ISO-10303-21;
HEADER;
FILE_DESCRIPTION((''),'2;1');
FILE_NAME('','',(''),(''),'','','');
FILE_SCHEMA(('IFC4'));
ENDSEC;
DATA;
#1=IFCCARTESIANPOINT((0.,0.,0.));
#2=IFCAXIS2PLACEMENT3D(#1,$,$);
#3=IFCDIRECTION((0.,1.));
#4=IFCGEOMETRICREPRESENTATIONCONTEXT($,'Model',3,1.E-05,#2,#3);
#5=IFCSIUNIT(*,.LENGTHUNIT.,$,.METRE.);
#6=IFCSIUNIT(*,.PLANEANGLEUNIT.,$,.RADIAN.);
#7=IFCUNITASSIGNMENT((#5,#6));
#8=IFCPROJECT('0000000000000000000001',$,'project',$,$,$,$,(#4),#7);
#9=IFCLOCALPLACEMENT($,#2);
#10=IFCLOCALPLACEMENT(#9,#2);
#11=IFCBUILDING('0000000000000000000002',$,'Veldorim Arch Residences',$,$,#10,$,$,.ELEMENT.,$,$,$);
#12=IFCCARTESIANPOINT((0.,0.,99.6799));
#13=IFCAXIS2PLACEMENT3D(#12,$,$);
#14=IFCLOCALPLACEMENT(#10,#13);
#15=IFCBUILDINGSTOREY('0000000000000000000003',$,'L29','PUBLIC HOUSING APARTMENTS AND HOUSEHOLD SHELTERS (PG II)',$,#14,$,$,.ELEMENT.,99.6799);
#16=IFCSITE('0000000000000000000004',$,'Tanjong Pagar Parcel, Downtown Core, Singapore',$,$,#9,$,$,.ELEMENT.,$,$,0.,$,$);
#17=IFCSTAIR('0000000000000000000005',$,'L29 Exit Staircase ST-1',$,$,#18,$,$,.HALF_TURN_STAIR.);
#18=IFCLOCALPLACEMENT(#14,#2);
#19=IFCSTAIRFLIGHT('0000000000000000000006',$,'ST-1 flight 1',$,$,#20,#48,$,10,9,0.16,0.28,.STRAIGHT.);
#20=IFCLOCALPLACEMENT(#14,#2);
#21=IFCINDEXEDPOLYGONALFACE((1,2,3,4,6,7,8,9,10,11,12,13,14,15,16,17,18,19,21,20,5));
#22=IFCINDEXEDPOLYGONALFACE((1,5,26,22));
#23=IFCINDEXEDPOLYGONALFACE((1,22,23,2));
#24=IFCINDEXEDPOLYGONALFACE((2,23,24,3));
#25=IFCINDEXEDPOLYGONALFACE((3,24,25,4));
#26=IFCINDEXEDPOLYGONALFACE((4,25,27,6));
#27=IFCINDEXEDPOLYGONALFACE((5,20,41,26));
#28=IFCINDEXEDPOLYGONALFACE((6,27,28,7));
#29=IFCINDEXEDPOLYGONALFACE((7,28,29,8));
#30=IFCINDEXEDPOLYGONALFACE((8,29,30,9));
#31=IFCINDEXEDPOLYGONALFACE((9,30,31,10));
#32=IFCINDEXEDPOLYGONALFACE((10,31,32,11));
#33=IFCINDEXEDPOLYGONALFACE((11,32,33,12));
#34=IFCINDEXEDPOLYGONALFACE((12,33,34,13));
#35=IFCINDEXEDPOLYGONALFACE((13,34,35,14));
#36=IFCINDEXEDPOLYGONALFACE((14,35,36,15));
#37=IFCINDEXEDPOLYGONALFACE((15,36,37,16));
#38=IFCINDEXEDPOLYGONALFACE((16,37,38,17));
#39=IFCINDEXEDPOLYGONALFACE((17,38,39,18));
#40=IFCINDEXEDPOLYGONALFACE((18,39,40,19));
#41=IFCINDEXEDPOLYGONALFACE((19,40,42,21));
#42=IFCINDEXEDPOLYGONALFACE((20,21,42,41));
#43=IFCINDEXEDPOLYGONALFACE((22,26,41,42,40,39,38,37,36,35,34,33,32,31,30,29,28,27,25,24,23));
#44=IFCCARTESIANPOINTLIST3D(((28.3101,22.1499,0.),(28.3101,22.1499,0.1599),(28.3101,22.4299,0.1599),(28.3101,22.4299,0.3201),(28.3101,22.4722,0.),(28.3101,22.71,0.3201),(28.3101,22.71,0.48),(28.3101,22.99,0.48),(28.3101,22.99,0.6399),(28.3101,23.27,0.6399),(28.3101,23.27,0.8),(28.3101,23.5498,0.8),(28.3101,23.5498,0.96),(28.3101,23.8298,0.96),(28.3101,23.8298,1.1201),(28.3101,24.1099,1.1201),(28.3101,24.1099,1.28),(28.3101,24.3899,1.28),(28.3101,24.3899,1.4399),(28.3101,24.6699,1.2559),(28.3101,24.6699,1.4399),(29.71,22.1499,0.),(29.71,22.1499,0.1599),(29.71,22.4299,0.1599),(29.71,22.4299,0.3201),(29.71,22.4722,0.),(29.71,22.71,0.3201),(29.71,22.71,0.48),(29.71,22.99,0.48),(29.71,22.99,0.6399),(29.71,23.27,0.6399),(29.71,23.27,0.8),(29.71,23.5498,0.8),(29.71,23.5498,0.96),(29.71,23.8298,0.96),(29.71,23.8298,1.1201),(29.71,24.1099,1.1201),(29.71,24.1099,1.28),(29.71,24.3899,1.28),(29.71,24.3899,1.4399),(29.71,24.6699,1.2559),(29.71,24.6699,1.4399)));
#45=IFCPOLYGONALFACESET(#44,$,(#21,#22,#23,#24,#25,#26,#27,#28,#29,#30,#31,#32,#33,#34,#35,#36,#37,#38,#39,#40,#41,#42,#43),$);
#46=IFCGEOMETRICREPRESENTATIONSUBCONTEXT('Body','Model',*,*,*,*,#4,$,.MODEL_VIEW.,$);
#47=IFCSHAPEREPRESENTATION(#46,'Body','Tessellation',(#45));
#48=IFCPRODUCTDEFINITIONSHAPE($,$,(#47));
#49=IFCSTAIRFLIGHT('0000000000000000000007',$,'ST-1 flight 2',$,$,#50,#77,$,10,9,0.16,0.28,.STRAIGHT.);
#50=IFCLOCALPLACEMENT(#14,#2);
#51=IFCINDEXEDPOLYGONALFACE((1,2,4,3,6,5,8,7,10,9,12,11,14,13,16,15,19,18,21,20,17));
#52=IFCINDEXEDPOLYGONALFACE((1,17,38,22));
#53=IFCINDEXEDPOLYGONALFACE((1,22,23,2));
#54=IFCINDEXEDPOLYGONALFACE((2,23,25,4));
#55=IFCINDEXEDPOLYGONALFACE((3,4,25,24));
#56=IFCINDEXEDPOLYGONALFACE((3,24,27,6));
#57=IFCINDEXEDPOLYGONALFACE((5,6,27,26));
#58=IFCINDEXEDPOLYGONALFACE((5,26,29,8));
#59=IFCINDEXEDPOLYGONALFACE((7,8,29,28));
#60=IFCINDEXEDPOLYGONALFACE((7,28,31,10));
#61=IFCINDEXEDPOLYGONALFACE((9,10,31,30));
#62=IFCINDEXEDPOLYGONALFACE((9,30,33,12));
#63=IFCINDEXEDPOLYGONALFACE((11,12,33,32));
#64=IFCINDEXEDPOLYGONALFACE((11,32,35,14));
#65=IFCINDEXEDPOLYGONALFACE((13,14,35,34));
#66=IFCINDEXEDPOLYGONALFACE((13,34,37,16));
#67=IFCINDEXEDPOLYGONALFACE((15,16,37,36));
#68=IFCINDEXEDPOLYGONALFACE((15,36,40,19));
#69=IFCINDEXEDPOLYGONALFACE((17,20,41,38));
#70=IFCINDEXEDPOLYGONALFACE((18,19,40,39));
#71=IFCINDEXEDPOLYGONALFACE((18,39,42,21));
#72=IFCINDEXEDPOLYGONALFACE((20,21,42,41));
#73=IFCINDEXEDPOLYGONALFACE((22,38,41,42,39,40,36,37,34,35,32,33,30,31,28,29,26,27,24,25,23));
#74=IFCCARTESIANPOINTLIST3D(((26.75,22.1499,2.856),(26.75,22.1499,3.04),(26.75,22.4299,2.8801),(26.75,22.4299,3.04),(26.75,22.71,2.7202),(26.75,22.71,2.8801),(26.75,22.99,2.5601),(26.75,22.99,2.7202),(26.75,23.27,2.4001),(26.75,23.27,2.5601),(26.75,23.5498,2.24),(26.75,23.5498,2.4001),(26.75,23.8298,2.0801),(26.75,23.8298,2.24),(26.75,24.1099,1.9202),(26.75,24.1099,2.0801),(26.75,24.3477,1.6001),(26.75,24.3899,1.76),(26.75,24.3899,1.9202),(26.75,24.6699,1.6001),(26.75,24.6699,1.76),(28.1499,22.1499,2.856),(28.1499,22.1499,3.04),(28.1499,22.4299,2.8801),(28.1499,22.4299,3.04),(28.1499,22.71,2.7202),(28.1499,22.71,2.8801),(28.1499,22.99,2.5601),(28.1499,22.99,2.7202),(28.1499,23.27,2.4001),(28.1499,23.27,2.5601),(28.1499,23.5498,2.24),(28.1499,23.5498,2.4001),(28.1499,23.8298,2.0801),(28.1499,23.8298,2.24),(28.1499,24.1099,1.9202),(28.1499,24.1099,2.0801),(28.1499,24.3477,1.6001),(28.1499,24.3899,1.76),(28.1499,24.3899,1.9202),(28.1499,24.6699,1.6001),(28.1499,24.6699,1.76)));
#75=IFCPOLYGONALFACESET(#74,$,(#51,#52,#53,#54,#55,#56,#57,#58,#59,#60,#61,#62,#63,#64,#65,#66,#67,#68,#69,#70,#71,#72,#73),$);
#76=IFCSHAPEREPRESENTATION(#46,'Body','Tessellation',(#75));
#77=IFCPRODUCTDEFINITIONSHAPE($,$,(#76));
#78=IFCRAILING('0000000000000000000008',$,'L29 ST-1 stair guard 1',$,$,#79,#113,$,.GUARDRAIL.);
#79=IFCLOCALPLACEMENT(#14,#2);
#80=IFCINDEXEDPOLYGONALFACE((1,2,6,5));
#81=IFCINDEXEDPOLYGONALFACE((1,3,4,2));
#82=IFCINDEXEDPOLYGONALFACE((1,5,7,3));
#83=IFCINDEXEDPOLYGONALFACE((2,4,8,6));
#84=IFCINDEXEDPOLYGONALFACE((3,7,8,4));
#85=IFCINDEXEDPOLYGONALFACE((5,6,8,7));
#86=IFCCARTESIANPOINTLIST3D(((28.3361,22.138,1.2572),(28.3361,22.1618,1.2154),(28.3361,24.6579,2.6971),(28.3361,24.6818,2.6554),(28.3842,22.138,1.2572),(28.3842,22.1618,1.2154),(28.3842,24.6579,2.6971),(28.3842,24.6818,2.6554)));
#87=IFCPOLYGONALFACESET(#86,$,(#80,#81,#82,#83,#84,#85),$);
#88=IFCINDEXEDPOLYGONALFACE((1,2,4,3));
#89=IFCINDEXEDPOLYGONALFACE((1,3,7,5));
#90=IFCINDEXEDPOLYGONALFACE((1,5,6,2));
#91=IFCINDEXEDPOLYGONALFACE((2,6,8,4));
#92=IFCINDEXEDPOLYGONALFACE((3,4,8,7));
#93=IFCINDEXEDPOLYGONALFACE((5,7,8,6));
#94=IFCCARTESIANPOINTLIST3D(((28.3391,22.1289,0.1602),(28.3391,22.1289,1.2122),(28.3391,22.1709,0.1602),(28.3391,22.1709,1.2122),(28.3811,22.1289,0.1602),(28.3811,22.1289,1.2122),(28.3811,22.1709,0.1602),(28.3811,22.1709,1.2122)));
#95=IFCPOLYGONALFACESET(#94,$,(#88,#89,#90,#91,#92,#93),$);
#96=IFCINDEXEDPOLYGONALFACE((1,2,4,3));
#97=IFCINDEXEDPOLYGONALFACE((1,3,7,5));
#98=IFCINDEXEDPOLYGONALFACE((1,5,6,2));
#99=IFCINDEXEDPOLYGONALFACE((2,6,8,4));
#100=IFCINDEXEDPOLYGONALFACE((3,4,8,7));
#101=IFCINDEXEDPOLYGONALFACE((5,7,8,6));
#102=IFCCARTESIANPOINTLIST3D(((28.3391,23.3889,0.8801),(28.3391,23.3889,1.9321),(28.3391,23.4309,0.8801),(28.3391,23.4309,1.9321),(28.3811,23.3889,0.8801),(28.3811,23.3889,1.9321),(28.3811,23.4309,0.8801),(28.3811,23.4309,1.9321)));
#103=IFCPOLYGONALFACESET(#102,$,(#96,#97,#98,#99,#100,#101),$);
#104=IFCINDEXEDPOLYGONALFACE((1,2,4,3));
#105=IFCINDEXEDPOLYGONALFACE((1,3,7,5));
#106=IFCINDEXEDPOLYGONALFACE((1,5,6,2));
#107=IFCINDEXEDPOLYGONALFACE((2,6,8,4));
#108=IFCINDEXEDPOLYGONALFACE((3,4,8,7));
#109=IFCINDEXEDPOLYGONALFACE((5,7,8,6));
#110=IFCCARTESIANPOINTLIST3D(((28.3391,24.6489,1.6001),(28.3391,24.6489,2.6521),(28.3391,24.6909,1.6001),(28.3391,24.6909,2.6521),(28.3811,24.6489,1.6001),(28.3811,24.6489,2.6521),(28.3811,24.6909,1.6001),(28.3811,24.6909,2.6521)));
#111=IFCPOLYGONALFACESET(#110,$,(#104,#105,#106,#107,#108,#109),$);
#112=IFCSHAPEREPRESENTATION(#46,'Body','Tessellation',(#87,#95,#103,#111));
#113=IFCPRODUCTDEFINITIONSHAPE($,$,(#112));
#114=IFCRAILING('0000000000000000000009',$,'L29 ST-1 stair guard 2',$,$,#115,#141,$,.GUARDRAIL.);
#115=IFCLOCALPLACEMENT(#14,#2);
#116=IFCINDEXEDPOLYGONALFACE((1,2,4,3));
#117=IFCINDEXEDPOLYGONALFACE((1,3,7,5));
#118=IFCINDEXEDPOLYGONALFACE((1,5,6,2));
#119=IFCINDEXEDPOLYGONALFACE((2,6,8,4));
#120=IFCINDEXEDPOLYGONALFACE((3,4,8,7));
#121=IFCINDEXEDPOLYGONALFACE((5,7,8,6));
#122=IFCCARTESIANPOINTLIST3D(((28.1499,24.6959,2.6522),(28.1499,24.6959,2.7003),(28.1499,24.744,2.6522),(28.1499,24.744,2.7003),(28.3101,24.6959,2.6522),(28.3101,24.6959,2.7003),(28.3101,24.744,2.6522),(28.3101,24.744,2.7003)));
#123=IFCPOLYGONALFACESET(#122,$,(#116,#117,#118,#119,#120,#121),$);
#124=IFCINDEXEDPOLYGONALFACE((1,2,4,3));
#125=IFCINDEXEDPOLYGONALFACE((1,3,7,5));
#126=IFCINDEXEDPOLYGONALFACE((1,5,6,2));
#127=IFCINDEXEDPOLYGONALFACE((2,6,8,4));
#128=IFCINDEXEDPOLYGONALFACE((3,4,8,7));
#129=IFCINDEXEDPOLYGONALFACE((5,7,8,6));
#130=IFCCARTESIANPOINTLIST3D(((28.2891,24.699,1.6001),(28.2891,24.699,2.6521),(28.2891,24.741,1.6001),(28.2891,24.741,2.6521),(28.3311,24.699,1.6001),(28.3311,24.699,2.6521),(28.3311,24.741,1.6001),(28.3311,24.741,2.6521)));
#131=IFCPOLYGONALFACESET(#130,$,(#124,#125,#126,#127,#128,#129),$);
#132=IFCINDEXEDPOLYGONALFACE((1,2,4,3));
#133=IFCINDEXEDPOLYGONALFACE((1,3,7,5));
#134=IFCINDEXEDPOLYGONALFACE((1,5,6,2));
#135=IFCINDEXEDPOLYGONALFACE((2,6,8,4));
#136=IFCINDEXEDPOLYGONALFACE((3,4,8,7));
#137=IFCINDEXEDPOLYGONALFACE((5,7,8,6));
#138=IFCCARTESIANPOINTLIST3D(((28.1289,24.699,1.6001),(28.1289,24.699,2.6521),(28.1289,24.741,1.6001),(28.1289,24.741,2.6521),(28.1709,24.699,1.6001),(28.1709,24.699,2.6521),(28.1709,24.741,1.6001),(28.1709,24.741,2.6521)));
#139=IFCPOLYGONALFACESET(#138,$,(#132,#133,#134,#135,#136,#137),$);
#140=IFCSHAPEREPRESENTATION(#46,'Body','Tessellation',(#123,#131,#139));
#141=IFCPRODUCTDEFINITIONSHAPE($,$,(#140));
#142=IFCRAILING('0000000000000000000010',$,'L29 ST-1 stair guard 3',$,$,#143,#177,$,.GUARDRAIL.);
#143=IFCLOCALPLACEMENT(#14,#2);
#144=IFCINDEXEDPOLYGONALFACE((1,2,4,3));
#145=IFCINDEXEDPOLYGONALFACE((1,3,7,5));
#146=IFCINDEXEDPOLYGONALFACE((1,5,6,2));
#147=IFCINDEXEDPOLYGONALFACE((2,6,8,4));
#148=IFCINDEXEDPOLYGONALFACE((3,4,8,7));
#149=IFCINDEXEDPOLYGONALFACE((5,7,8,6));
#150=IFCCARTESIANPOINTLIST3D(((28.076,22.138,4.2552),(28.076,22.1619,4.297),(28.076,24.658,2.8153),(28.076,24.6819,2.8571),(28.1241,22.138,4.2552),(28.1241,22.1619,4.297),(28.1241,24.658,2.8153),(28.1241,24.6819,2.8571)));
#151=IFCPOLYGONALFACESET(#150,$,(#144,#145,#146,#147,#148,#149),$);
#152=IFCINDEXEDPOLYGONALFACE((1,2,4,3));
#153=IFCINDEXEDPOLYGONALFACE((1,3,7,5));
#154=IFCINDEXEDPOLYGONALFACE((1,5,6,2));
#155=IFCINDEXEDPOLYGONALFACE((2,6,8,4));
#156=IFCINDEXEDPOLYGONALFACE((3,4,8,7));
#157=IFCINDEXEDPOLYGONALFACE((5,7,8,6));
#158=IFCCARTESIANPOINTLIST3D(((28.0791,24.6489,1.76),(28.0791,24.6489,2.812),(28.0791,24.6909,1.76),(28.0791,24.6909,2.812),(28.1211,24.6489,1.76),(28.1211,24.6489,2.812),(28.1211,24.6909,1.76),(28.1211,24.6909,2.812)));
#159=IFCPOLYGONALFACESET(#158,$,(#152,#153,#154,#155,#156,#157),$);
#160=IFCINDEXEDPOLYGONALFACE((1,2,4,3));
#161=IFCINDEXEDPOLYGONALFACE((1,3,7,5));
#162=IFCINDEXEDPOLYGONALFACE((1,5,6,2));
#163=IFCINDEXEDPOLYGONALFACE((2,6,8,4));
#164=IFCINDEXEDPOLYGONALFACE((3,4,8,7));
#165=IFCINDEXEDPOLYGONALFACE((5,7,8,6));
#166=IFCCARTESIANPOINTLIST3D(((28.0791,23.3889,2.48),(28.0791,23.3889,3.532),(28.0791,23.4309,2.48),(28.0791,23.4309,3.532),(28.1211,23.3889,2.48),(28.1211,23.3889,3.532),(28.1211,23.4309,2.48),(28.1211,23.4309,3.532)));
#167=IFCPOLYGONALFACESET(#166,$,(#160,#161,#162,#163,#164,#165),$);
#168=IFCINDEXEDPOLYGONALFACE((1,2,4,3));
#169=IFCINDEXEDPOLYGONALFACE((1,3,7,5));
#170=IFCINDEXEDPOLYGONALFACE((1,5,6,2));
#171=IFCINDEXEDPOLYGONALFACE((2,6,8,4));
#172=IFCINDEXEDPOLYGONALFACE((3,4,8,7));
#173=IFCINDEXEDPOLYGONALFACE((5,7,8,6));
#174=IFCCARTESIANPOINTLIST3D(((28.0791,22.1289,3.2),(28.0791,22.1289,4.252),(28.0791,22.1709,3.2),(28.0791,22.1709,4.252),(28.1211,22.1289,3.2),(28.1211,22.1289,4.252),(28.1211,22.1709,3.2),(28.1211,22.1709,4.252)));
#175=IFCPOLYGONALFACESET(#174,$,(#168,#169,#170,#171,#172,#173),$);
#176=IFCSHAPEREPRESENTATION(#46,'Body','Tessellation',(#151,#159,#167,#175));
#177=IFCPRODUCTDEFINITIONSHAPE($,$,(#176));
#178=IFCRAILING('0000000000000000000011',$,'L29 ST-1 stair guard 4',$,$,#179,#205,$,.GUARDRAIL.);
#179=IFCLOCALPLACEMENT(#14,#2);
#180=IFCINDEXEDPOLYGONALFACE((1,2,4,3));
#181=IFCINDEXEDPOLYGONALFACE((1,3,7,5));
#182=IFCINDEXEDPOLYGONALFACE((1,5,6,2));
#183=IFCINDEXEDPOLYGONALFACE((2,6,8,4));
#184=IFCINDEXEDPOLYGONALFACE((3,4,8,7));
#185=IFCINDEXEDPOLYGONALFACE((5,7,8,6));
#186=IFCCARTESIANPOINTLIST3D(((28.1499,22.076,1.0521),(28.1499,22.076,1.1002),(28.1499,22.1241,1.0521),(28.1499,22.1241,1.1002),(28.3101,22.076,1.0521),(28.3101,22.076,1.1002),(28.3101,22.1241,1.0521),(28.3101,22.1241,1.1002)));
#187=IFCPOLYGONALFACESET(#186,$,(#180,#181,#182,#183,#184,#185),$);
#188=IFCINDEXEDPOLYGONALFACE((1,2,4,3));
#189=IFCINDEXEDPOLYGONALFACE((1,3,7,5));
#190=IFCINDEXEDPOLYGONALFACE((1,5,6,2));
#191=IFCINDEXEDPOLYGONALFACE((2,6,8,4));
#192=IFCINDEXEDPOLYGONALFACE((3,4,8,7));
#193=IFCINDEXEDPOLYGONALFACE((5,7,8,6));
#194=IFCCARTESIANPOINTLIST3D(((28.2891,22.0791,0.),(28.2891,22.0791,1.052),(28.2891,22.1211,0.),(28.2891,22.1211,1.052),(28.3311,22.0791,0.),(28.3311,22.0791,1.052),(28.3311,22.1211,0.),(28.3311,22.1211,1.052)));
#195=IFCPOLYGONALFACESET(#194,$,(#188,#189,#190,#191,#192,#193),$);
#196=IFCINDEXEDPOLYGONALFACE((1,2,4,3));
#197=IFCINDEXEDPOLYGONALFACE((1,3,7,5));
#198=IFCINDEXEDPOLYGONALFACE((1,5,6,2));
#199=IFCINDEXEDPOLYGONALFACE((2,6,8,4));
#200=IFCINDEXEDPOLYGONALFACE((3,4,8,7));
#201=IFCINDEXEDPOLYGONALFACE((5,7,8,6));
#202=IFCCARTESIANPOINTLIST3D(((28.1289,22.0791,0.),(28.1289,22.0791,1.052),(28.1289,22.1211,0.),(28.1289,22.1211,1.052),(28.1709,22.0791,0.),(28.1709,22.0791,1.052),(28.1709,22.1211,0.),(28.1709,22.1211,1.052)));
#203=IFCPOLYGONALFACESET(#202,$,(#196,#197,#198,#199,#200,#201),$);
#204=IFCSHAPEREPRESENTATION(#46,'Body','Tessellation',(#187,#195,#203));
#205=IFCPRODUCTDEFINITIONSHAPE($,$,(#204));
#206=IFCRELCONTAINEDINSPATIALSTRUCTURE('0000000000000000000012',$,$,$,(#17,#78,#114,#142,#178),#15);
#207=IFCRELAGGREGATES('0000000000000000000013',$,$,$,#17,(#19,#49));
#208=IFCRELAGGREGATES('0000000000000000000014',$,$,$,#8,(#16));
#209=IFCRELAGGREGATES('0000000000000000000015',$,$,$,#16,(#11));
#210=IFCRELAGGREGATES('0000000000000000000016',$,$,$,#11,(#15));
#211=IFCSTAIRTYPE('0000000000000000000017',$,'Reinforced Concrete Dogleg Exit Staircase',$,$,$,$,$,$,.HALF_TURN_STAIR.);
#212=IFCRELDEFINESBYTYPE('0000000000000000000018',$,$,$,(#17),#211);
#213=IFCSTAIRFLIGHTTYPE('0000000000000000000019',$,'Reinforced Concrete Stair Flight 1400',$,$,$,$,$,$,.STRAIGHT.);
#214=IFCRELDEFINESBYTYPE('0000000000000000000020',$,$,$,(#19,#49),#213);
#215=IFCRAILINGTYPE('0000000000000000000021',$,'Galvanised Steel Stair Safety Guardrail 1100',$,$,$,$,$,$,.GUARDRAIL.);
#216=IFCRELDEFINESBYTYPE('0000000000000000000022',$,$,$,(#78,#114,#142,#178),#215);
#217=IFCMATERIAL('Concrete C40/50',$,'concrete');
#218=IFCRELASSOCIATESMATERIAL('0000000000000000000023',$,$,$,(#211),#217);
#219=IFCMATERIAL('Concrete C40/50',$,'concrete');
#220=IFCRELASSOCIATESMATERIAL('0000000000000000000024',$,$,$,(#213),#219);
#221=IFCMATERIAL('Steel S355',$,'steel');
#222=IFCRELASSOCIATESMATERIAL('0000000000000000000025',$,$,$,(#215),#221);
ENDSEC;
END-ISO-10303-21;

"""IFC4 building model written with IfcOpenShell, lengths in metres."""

from ifc_helpers import new_model, si_unit, direction, frame, origin, origin_2d, place, context, subcontext, project, spatial, polyline, rectangle, outline, extrude, material, type_object, element, aggregate, save


model = new_model("IFC4")

# Units and contexts
model_context = context("Model", 3, precision=1e-05, world=origin(), true_north=direction((0.0, 1.0)))
body_context = subcontext(model_context, "Body", "Model", "MODEL_VIEW")
ifc_project = project(units=[si_unit("LENGTHUNIT", "METRE"), si_unit("PLANEANGLEUNIT", "RADIAN")], contexts=[model_context])

# Site, building, storey
site_placement = place(None, origin())
site = spatial("IfcSite", under=ifc_project, at=site_placement, Name="Tanjong Pagar Parcel, Downtown Core, Singapore", CompositionType="ELEMENT", RefElevation=0.0)
building_placement = place(site_placement, origin())
building = spatial("IfcBuilding", under=site, at=building_placement, Name="Veldorim Arch Residences", CompositionType="ELEMENT")
storey_placement = place(building_placement, frame((0.0, 0.0, 99.6799)))
storey = spatial("IfcBuildingStorey", under=building, at=storey_placement, Name="L29", Description="PUBLIC HOUSING APARTMENTS AND HOUSEHOLD SHELTERS (PG II)", CompositionType="ELEMENT", Elevation=99.6799)

# Stair, stair flights
ifc_material_1 = material(Name="Concrete C40/50", Category="concrete")
stair_type = type_object("IfcStairType", Name="Reinforced Concrete Dogleg Exit Staircase", PredefinedType="HALF_TURN_STAIR", material=ifc_material_1)
stair_placement = place(storey_placement, origin())
stair = element("IfcStair", 1, at=stair_placement, inside=storey, type_object=stair_type, Name="L29 Exit Staircase ST-1", PredefinedType="HALF_TURN_STAIR")
ifc_material_2 = material(Name="Concrete C40/50", Category="concrete")
stair_flight_type = type_object("IfcStairFlightType", Name="Reinforced Concrete Stair Flight 1400", PredefinedType="STRAIGHT", material=ifc_material_2)
stair_flight_1_placement = place(storey_placement, frame((29.01, 22.1499, 0.0), z_axis=(0.0, 0.0, 1.0), x_axis=(0.0, 1.0, 0.0)))
stair_flight_1 = element("IfcStairFlight", 2, at=stair_flight_1_placement, type_object=stair_flight_type, Name="ST-1 flight 1", NumberOfRisers=10, NumberOfTreads=9, PredefinedType="STRAIGHT", RiserHeight=0.16, TreadLength=0.28, context=body_context, shape_type="SweptSolid", body=[
    extrude(outline(polyline([(0.0, 0.0), (0.0, 0.1599), (0.28, 0.1599), (0.28, 0.3201), (0.5601, 0.3201), (0.5601, 0.48), (0.8401, 0.48), (0.8401, 0.6399), (1.1201, 0.6399), (1.1201, 0.8), (1.3999, 0.8), (1.3999, 0.96), (1.6799, 0.96), (1.6799, 1.1201), (1.96, 1.1201), (1.96, 1.28), (2.24, 1.28), (2.24, 1.4399), (2.52, 1.4399), (2.52, 1.6001), (2.52, 1.2559), (0.3223, 0.0), (0.0, 0.0)])), frame((0.0, 0.7, 0.0), z_axis=(0.0, -1.0, 0.0), x_axis=(1.0, 0.0, 0.0)), (0.0, 0.0, 1.0), 1.3999),
])
stair_flight_2_placement = place(storey_placement, frame((27.45, 24.6699, 1.6001), z_axis=(0.0, 0.0, 1.0), x_axis=(0.0, -1.0, 0.0)))
stair_flight_2 = element("IfcStairFlight", 3, at=stair_flight_2_placement, type_object=stair_flight_type, Name="ST-1 flight 2", NumberOfRisers=10, NumberOfTreads=9, PredefinedType="STRAIGHT", RiserHeight=0.16, TreadLength=0.28, context=body_context, shape_type="SweptSolid", body=[
    extrude(outline(polyline([(0.0, 0.0), (0.0, 0.1599), (0.28, 0.1599), (0.28, 0.3201), (0.5601, 0.3201), (0.5601, 0.48), (0.8401, 0.48), (0.8401, 0.6399), (1.1201, 0.6399), (1.1201, 0.8), (1.3999, 0.8), (1.3999, 0.96), (1.6799, 0.96), (1.6799, 1.1201), (1.96, 1.1201), (1.96, 1.28), (2.24, 1.28), (2.24, 1.4399), (2.52, 1.4399), (2.52, 1.6001), (2.52, 1.2559), (0.3223, 0.0), (0.0, 0.0)])), frame((0.0, 0.7, 0.0), z_axis=(0.0, -1.0, 0.0), x_axis=(1.0, 0.0, 0.0)), (0.0, 0.0, 1.0), 1.3999),
])
aggregate(stair, [stair_flight_1, stair_flight_2])

# Railings
ifc_material_3 = material(Name="Steel S355", Category="steel")
railing_type_1 = type_object("IfcRailingType", Name="Galvanised Steel Stair Safety Guardrail 1100", PredefinedType="GUARDRAIL", material=ifc_material_3)
railing_1_placement = place(storey_placement, frame((28.3601, 22.1499, 0.1602)))
element("IfcRailing", 4, at=railing_1_placement, inside=storey, type_object=railing_type_1, Name="L29 ST-1 stair guard 1", PredefinedType="GUARDRAIL", context=body_context, shape_type="SweptSolid", body=[
    extrude(rectangle(XDim=0.0481, YDim=0.0481, at=origin_2d()), frame((0.0, 0.0, 1.0762), z_axis=(0.0, 0.868253, 0.496121), x_axis=(-1.0, 0.0, 0.0)), (0.0, 0.0, 1.0), 2.9023),
    extrude(rectangle(XDim=0.042, YDim=0.042, at=origin_2d()), origin(), (0.0, 0.0, 1.0), 1.052),
    extrude(rectangle(XDim=0.042, YDim=0.042, at=origin_2d()), frame((0.0, 1.26, 0.72)), (0.0, 0.0, 1.0), 1.052),
    extrude(rectangle(XDim=0.042, YDim=0.042, at=origin_2d()), frame((0.0, 2.52, 1.4399)), (0.0, 0.0, 1.0), 1.052),
])
railing_2_placement = place(storey_placement, frame((28.3101, 24.72, 1.6001)))
element("IfcRailing", 5, at=railing_2_placement, inside=storey, type_object=railing_type_1, Name="L29 ST-1 stair guard 2", PredefinedType="GUARDRAIL", context=body_context, shape_type="SweptSolid", body=[
    extrude(rectangle(XDim=0.0481, YDim=0.0481, at=origin_2d()), frame((0.0, 0.0, 1.0762), z_axis=(-1.0, 0.0, 0.0), x_axis=(0.0, -1.0, 0.0)), (0.0, 0.0, 1.0), 0.1602),
    extrude(rectangle(XDim=0.042, YDim=0.042, at=origin_2d()), origin(), (0.0, 0.0, 1.0), 1.052),
    extrude(rectangle(XDim=0.042, YDim=0.042, at=origin_2d()), frame((-0.1602, 0.0, 0.0)), (0.0, 0.0, 1.0), 1.052),
])
railing_3_placement = place(storey_placement, frame((28.1001, 24.6699, 1.76)))
element("IfcRailing", 6, at=railing_3_placement, inside=storey, type_object=railing_type_1, Name="L29 ST-1 stair guard 3", PredefinedType="GUARDRAIL", context=body_context, shape_type="SweptSolid", body=[
    extrude(rectangle(XDim=0.0481, YDim=0.0481, at=origin_2d()), frame((0.0, 0.0, 1.0762), z_axis=(0.0, -0.868253, 0.496121), x_axis=(1.0, 0.0, 0.0)), (0.0, 0.0, 1.0), 2.9023),
    extrude(rectangle(XDim=0.042, YDim=0.042, at=origin_2d()), origin(), (0.0, 0.0, 1.0), 1.052),
    extrude(rectangle(XDim=0.042, YDim=0.042, at=origin_2d()), frame((0.0, -1.26, 0.72)), (0.0, 0.0, 1.0), 1.052),
    extrude(rectangle(XDim=0.042, YDim=0.042, at=origin_2d()), frame((0.0, -2.52, 1.4399)), (0.0, 0.0, 1.0), 1.052),
])
railing_4_placement = place(storey_placement, frame((28.3101, 22.1001, 0.0)))
element("IfcRailing", 7, at=railing_4_placement, inside=storey, type_object=railing_type_1, Name="L29 ST-1 stair guard 4", PredefinedType="GUARDRAIL", context=body_context, shape_type="SweptSolid", body=[
    extrude(rectangle(XDim=0.0481, YDim=0.0481, at=origin_2d()), frame((0.0, 0.0, 1.0762), z_axis=(-1.0, 0.0, 0.0), x_axis=(0.0, -1.0, 0.0)), (0.0, 0.0, 1.0), 0.1602),
    extrude(rectangle(XDim=0.042, YDim=0.042, at=origin_2d()), origin(), (0.0, 0.0, 1.0), 1.052),
    extrude(rectangle(XDim=0.042, YDim=0.042, at=origin_2d()), frame((-0.1602, 0.0, 0.0)), (0.0, 0.0, 1.0), 1.052),
])

save(model, "model.ifc")
